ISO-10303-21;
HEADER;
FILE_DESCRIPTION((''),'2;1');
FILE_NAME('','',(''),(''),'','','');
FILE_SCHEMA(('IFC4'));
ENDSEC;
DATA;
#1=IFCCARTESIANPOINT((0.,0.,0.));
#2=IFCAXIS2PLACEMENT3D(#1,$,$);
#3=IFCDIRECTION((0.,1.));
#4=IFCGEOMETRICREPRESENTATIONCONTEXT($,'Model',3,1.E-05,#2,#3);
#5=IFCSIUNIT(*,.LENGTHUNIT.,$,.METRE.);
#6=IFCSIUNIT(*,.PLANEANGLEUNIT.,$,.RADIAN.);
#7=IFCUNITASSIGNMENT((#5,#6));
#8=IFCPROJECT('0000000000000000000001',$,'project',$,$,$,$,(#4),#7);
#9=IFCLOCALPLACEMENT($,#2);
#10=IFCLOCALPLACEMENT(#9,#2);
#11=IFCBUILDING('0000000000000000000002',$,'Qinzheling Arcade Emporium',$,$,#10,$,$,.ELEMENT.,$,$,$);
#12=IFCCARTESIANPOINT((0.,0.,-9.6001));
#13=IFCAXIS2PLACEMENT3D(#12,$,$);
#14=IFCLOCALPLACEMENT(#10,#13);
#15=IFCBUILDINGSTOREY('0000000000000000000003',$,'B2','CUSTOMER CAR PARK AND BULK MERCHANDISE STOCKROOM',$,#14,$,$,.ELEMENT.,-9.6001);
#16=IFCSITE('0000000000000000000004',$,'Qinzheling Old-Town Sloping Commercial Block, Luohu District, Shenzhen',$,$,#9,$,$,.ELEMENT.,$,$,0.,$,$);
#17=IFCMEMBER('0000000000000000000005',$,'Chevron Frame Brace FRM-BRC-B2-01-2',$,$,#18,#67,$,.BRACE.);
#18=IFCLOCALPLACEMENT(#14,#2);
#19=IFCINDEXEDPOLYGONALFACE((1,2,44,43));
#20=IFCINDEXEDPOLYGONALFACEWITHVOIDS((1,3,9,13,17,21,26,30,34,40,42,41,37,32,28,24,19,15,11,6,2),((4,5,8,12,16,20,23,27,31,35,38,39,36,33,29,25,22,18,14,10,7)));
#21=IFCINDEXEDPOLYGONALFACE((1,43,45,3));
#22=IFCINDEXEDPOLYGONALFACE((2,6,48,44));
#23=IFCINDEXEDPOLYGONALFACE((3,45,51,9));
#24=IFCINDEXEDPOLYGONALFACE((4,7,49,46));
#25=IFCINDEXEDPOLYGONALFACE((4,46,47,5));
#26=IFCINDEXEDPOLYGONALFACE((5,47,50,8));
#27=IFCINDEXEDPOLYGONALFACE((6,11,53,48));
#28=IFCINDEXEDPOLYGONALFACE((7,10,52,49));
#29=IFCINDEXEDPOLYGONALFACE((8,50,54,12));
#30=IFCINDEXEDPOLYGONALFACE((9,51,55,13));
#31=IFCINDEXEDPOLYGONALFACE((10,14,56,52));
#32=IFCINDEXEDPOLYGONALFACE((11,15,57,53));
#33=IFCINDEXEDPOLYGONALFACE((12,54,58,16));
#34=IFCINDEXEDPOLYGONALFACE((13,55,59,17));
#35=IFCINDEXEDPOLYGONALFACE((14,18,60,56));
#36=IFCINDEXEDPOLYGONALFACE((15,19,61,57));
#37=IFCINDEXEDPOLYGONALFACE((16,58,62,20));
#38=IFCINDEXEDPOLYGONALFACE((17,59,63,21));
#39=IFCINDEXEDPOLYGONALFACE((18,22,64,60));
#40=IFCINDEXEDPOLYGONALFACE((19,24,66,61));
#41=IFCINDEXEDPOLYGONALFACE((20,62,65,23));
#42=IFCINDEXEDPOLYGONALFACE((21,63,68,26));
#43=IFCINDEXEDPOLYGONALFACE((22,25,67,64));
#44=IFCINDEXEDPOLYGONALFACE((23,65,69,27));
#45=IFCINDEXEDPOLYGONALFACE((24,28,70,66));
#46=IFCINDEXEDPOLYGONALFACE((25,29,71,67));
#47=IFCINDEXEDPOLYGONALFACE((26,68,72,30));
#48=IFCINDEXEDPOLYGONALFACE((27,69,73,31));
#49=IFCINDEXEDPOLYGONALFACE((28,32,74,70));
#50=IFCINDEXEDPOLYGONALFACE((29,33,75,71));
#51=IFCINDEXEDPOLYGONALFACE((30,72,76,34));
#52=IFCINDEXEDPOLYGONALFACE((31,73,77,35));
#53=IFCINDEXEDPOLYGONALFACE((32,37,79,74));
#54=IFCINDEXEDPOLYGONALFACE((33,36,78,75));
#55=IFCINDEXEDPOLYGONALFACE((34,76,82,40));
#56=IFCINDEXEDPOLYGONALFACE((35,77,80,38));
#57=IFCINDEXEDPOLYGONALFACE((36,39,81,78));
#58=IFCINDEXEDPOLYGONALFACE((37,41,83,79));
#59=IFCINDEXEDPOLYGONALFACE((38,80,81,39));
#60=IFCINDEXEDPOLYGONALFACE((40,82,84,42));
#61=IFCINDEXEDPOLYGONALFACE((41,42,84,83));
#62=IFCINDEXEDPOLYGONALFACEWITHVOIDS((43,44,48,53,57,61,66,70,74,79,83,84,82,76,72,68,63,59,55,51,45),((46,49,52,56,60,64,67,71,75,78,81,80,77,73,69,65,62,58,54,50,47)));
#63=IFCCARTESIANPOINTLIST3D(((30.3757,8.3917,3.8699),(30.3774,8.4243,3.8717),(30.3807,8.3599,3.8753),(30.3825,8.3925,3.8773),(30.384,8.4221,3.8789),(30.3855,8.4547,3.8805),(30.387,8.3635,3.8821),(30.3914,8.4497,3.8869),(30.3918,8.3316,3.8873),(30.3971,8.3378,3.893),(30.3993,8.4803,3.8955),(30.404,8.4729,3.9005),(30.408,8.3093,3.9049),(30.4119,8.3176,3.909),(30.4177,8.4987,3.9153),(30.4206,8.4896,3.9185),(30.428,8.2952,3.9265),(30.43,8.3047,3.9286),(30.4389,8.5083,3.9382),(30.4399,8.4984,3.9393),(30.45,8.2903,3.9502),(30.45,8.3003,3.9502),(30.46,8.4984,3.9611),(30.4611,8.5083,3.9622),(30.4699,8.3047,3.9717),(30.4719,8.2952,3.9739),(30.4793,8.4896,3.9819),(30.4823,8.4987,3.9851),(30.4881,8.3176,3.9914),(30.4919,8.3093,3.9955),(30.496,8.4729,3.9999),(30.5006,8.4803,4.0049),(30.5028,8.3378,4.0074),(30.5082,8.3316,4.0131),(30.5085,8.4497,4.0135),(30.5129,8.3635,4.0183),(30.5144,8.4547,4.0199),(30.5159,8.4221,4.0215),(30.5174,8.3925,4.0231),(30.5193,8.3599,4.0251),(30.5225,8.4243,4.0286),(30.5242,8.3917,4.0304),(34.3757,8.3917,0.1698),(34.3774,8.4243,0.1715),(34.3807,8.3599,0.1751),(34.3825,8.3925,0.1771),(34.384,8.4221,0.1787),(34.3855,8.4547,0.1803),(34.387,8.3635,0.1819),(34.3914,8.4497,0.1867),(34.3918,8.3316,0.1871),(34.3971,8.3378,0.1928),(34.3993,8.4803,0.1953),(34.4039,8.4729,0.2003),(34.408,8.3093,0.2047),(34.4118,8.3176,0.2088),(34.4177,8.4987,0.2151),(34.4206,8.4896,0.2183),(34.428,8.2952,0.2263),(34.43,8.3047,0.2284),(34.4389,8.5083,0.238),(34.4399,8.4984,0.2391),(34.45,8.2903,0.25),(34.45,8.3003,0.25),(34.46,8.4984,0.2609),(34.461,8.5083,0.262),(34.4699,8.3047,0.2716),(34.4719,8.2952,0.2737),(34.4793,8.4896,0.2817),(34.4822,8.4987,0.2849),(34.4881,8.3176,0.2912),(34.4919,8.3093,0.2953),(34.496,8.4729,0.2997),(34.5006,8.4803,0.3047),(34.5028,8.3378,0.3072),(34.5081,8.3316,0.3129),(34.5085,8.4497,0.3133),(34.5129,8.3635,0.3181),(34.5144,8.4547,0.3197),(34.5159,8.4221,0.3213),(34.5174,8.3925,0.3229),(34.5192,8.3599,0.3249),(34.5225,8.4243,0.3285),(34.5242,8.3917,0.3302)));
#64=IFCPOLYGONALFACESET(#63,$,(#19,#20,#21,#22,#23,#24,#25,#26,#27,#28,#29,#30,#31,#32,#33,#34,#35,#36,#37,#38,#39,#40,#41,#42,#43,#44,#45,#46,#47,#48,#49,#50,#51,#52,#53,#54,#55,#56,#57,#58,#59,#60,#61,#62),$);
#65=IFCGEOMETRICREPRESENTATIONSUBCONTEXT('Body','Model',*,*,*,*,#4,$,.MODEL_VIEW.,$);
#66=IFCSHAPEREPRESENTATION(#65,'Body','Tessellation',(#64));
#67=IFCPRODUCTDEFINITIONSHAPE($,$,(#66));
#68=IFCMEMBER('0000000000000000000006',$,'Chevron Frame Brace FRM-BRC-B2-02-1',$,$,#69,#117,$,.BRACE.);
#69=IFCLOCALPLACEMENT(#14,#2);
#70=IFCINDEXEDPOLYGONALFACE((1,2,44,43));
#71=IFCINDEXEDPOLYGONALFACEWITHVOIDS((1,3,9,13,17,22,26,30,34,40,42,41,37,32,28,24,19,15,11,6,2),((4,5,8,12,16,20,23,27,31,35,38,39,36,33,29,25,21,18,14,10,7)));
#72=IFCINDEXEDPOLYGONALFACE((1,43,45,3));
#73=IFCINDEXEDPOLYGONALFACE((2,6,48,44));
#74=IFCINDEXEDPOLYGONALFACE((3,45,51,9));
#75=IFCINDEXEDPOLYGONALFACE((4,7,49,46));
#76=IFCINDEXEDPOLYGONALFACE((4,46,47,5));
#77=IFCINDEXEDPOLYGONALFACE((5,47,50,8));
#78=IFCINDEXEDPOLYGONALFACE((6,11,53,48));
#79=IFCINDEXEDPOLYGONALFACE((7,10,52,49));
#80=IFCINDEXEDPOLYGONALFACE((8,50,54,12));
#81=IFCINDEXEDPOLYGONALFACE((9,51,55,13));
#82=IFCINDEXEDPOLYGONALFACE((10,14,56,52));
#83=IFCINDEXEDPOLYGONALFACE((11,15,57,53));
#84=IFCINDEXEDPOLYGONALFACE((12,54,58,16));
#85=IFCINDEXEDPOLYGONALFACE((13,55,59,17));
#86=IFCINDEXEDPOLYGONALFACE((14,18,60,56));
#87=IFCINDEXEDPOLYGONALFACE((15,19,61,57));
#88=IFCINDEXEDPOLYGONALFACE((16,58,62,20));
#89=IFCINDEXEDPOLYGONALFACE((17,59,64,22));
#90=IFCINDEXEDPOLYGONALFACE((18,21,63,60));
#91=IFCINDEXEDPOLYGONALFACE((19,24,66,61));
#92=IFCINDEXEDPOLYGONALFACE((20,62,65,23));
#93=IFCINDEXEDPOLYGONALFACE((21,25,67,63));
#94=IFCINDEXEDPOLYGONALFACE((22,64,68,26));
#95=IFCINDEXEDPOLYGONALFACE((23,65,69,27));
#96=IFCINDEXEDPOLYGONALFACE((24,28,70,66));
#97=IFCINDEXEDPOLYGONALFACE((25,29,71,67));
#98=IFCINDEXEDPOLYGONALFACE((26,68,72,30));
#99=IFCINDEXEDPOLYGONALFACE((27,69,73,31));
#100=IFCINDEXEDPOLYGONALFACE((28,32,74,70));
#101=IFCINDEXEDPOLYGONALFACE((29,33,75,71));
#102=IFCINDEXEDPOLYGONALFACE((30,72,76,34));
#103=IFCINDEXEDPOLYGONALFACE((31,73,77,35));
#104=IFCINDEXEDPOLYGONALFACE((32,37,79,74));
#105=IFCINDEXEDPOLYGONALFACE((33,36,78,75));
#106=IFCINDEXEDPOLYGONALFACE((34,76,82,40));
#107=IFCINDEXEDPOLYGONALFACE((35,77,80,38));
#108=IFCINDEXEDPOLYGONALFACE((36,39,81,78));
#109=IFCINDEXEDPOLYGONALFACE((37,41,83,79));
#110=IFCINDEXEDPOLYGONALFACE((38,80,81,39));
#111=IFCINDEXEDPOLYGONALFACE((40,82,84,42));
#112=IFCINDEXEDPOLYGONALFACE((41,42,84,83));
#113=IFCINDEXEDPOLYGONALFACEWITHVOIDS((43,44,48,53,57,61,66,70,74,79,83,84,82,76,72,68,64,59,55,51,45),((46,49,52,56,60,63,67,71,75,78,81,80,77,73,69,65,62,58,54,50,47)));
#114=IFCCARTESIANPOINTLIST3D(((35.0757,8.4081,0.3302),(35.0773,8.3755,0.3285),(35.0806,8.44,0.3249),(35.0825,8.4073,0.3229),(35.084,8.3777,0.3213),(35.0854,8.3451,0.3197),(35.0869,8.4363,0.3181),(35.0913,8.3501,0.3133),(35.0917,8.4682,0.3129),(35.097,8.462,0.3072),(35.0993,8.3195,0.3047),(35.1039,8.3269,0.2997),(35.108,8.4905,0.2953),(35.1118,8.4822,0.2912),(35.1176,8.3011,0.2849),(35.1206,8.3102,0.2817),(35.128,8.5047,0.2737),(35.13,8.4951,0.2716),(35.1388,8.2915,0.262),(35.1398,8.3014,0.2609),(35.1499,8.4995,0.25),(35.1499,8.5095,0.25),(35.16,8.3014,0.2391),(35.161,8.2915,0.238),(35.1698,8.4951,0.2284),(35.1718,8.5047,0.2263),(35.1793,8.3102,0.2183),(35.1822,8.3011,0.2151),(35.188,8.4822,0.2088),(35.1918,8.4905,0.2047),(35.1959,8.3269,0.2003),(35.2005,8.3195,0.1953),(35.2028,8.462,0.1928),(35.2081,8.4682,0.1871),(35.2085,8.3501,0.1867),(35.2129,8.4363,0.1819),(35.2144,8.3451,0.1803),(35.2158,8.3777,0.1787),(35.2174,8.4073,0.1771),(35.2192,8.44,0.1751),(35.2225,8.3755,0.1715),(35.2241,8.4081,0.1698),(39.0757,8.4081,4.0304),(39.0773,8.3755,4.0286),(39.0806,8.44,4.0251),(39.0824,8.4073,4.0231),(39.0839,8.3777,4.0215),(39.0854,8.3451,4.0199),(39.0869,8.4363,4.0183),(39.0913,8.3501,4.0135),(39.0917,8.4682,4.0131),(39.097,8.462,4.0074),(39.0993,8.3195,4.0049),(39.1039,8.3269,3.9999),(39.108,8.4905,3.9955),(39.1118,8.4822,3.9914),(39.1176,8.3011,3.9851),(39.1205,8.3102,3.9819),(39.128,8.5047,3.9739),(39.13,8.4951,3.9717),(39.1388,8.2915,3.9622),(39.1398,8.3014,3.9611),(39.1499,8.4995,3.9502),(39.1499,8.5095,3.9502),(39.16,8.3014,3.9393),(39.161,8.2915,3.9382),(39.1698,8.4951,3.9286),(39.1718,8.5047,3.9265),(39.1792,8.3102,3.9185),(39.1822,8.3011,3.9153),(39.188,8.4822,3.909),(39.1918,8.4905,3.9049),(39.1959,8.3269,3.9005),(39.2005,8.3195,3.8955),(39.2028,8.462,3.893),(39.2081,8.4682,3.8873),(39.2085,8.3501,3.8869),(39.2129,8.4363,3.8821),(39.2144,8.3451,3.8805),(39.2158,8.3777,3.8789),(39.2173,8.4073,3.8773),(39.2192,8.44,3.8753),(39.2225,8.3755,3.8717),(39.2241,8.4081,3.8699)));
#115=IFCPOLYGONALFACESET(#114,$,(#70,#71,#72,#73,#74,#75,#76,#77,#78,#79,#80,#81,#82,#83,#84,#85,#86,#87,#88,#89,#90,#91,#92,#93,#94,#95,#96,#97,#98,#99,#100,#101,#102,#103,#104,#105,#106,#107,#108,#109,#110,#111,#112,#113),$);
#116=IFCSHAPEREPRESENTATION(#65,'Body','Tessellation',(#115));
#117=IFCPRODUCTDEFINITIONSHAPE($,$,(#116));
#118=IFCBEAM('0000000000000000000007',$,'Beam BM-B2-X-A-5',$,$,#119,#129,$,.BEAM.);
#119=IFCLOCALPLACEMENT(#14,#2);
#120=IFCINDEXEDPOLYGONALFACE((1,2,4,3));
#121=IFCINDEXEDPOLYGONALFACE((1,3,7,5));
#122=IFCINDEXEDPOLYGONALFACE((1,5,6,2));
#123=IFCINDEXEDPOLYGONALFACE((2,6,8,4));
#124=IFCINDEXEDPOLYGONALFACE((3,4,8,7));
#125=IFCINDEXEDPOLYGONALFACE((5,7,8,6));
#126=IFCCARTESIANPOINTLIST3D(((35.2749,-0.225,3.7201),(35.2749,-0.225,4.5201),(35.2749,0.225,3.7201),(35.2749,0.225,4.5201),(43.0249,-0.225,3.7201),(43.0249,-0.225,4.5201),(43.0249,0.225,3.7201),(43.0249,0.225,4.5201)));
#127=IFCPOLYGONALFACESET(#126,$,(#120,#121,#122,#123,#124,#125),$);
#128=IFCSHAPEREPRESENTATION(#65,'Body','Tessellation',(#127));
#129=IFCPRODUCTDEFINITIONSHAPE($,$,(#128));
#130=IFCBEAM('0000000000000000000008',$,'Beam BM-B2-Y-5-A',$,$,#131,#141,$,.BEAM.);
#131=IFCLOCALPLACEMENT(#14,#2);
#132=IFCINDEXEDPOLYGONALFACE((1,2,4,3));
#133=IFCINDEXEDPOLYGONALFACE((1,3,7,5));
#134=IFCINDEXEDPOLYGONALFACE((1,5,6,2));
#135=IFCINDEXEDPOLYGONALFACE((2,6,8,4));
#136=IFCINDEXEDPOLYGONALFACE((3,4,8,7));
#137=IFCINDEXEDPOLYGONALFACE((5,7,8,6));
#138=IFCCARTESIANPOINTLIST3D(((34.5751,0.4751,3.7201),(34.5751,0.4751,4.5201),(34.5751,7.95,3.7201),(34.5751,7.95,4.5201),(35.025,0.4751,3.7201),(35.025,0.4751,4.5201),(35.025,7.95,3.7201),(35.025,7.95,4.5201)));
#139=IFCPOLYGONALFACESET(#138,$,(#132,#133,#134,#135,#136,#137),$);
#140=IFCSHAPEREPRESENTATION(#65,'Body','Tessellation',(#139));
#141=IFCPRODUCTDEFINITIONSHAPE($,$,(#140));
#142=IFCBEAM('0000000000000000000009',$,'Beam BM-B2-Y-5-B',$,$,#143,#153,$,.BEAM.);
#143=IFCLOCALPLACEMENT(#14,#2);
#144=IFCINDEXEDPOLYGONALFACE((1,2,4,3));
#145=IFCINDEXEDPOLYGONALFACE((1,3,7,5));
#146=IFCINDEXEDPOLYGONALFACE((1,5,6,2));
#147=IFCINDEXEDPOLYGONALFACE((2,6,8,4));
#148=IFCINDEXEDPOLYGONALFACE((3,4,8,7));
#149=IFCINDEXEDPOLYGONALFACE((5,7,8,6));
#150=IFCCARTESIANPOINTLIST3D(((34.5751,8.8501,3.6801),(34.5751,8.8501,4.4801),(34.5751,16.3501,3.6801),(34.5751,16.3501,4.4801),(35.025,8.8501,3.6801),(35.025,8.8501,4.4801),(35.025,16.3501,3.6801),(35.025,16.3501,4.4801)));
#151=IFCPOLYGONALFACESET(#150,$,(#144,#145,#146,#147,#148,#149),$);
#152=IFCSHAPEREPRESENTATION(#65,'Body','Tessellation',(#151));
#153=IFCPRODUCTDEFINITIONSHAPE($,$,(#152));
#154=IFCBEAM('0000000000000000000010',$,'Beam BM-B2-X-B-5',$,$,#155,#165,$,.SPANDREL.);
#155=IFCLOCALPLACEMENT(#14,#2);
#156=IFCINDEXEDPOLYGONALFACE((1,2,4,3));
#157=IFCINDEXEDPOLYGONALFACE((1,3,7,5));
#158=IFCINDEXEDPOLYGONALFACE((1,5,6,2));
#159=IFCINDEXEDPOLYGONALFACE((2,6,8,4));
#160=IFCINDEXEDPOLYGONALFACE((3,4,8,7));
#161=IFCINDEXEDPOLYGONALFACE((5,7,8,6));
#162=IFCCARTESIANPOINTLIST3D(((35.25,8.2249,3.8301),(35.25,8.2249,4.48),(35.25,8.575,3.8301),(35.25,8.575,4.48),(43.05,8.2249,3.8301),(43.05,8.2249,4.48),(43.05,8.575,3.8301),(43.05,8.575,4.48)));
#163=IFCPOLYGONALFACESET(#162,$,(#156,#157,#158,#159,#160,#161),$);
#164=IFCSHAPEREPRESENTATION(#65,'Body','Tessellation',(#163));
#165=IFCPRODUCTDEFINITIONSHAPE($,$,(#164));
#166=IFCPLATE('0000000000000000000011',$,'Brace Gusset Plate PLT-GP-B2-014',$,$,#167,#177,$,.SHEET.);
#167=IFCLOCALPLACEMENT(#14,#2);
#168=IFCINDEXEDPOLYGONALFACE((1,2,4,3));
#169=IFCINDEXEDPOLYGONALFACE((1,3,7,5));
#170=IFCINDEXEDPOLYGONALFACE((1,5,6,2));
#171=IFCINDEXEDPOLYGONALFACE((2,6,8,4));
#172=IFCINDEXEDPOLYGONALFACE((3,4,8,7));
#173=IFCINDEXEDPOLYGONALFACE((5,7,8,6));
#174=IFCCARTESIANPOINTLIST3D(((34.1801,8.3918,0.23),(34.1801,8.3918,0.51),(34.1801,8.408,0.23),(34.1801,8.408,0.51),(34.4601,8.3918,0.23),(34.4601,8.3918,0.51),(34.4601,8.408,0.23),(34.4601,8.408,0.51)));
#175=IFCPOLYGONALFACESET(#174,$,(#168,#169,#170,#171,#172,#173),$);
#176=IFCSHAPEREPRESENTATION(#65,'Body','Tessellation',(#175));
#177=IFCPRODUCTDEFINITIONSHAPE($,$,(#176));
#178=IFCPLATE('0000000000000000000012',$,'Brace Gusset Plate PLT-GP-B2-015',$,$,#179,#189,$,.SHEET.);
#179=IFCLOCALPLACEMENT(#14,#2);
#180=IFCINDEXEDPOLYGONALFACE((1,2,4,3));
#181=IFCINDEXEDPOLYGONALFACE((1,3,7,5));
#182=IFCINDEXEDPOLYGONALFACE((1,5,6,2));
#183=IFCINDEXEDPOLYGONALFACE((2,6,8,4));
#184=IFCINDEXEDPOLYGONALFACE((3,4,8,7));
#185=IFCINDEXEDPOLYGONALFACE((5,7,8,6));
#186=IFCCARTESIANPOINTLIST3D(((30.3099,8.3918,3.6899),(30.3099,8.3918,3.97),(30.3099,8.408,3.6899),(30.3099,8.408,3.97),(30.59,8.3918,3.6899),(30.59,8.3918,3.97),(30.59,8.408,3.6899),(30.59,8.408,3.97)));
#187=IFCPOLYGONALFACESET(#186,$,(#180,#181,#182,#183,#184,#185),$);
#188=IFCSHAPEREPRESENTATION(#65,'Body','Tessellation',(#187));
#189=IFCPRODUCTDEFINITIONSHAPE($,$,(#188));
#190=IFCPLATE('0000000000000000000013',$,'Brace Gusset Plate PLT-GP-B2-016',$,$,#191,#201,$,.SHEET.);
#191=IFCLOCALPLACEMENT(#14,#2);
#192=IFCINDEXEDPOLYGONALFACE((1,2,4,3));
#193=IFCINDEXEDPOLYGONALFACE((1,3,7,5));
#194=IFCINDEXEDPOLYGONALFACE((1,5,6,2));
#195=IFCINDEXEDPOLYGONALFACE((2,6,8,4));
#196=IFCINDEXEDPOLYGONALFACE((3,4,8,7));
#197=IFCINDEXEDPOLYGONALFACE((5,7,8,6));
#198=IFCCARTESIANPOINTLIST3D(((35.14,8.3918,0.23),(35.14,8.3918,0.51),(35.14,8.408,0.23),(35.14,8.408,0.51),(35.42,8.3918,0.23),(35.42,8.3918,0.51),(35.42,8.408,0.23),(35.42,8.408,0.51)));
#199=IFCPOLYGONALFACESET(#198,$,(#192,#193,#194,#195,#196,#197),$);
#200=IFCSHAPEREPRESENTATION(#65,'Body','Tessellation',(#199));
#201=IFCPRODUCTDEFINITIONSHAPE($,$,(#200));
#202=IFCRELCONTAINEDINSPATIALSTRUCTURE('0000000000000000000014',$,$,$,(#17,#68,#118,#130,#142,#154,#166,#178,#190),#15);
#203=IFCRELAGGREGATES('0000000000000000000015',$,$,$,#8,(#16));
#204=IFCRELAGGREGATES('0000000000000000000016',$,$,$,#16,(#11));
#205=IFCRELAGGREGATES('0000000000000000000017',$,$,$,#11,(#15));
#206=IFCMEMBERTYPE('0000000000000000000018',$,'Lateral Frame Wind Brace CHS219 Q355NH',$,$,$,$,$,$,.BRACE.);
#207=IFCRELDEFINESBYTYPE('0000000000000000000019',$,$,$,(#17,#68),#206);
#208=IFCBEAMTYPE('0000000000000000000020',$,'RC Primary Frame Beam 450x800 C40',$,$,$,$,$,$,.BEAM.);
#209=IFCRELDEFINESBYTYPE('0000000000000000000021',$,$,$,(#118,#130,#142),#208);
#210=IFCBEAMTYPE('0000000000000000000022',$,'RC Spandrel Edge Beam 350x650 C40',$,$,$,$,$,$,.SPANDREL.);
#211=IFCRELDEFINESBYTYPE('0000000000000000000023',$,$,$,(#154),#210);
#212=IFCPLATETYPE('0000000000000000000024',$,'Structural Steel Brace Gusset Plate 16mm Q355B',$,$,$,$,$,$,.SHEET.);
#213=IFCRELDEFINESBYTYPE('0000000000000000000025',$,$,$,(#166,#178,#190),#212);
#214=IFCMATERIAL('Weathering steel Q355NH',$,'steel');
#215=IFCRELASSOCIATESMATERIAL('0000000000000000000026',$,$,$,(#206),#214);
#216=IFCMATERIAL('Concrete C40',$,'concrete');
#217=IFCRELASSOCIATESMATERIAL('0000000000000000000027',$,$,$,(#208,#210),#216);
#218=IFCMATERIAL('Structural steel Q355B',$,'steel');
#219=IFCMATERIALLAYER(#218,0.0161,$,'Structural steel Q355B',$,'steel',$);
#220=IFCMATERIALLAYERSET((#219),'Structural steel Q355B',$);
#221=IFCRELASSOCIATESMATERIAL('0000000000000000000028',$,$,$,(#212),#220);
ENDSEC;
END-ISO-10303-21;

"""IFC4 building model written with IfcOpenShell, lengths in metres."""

from ifc_helpers import new_model, si_unit, direction, frame, origin, origin_2d, place, context, subcontext, project, spatial, rectangle, hollow_circle, extrude, material, layer, layer_set, material_profile, profile_set, type_object, element, save


model = new_model("IFC4")

# Units and contexts
model_context = context("Model", 3, precision=1e-05, world=origin(), true_north=direction((0.0, 1.0)))
body_context = subcontext(model_context, "Body", "Model", "MODEL_VIEW")
ifc_project = project(units=[si_unit("LENGTHUNIT", "METRE"), si_unit("PLANEANGLEUNIT", "RADIAN")], contexts=[model_context])

# Site, building, storey
site_placement = place(None, origin())
site = spatial("IfcSite", under=ifc_project, at=site_placement, Name="Qinzheling Old-Town Sloping Commercial Block, Luohu District, Shenzhen", CompositionType="ELEMENT", RefElevation=0.0)
building_placement = place(site_placement, origin())
building = spatial("IfcBuilding", under=site, at=building_placement, Name="Qinzheling Arcade Emporium", CompositionType="ELEMENT")
storey_placement = place(building_placement, frame((0.0, 0.0, -9.6001)))
storey = spatial("IfcBuildingStorey", under=building, at=storey_placement, Name="B2", Description="CUSTOMER CAR PARK AND BULK MERCHANDISE STOCKROOM", CompositionType="ELEMENT", Elevation=-9.6001)

# Shared definitions
ifc_material_1 = material(Name="Concrete C40", Category="concrete")

# Members
ifc_material_2 = material(Name="Weathering steel Q355NH", Category="steel")
ifc_material_profile_1 = material_profile(ifc_material_2, hollow_circle(Radius=0.1096, WallThickness=0.01, at=origin_2d()), Name="CHS 219x10", Category="steel")
ifc_profile_set_1 = profile_set([ifc_material_profile_1], Name="Weathering steel Q355NH")
member_type = type_object("IfcMemberType", Name="Lateral Frame Wind Brace CHS219 Q355NH", PredefinedType="BRACE", material=ifc_profile_set_1)
for number, where, z_axis, x_axis, name in (
    (1, (34.45, 8.3999, 0.25), (-0.734082, 0.0, 0.679061), (0.0, -1.0, 0.0), "Chevron Frame Brace FRM-BRC-B2-01-2"),
    (2, (35.1499, 8.3999, 0.25), (0.734082, 0.0, 0.679061), (0.0, 1.0, 0.0), "Chevron Frame Brace FRM-BRC-B2-02-1"),
):
    element("IfcMember", number, at=place(storey_placement, frame(where, z_axis=z_axis, x_axis=x_axis)), inside=storey, type_object=member_type, Name=name, PredefinedType="BRACE", context=body_context, shape_type="SweptSolid", body=[
        extrude(hollow_circle(Radius=0.1096, WallThickness=0.01, at=origin_2d()), origin(), (0.0, 0.0, 1.0), 5.449),
    ])

# Beams
ifc_material_profile_2 = material_profile(ifc_material_1, rectangle(XDim=0.45, YDim=0.8, at=origin_2d()), Name="RC 450x800", Category="concrete")
ifc_profile_set_2 = profile_set([ifc_material_profile_2], Name="Concrete C40")
beam_type_1 = type_object("IfcBeamType", Name="RC Primary Frame Beam 450x800 C40", PredefinedType="BEAM", material=ifc_profile_set_2)
beam_1_placement = place(storey_placement, frame((35.2749, 0.0, 4.1201), z_axis=(1.0, 0.0, 0.0), x_axis=(0.0, 1.0, 0.0)))
element("IfcBeam", 3, at=beam_1_placement, inside=storey, type_object=beam_type_1, Name="Beam BM-B2-X-A-5", PredefinedType="BEAM", context=body_context, shape_type="SweptSolid", body=[
    extrude(rectangle(XDim=0.45, YDim=0.8, at=origin_2d()), origin(), (0.0, 0.0, 1.0), 7.75),
])
beam_2_placement = place(storey_placement, frame((34.8, 0.4751, 4.1201), z_axis=(0.0, 1.0, 0.0), x_axis=(-1.0, 0.0, 0.0)))
element("IfcBeam", 4, at=beam_2_placement, inside=storey, type_object=beam_type_1, Name="Beam BM-B2-Y-5-A", PredefinedType="BEAM", context=body_context, shape_type="SweptSolid", body=[
    extrude(rectangle(XDim=0.45, YDim=0.8, at=origin_2d()), origin(), (0.0, 0.0, 1.0), 7.4749),
])
beam_3_placement = place(storey_placement, frame((34.8, 8.8501, 4.0801), z_axis=(0.0, 1.0, 0.0), x_axis=(-1.0, 0.0, 0.0)))
element("IfcBeam", 5, at=beam_3_placement, inside=storey, type_object=beam_type_1, Name="Beam BM-B2-Y-5-B", PredefinedType="BEAM", context=body_context, shape_type="SweptSolid", body=[
    extrude(rectangle(XDim=0.45, YDim=0.8, at=origin_2d()), origin(), (0.0, 0.0, 1.0), 7.5),
])
ifc_material_profile_3 = material_profile(ifc_material_1, rectangle(XDim=0.3501, YDim=0.6499, at=origin_2d()), Name="RC 350x650", Category="concrete")
ifc_profile_set_3 = profile_set([ifc_material_profile_3], Name="Concrete C40")
beam_type_2 = type_object("IfcBeamType", Name="RC Spandrel Edge Beam 350x650 C40", PredefinedType="SPANDREL", material=ifc_profile_set_3)
beam_4_placement = place(storey_placement, frame((35.25, 8.3999, 4.155), z_axis=(1.0, 0.0, 0.0), x_axis=(0.0, 1.0, 0.0)))
element("IfcBeam", 6, at=beam_4_placement, inside=storey, type_object=beam_type_2, Name="Beam BM-B2-X-B-5", PredefinedType="SPANDREL", context=body_context, shape_type="SweptSolid", body=[
    extrude(rectangle(XDim=0.3501, YDim=0.6499, at=origin_2d()), origin(), (0.0, 0.0, 1.0), 7.8),
])

# Plates
ifc_material_3 = material(Name="Structural steel Q355B", Category="steel")
ifc_layer_1 = layer(ifc_material_3, 0.0161, Name="Structural steel Q355B", Category="steel")
ifc_layer_set_1 = layer_set([ifc_layer_1], Name="Structural steel Q355B")
plate_type = type_object("IfcPlateType", Name="Structural Steel Brace Gusset Plate 16mm Q355B", PredefinedType="SHEET", material=ifc_layer_set_1)
for number, where, z_axis, x_axis, name in (
    (7, (34.3201, 8.3999, 0.23), (0.0, 0.0, 1.0), (1.0, 0.0, 0.0), "Brace Gusset Plate PLT-GP-B2-014"),
    (8, (30.45, 8.3999, 3.6899), (0.0, 0.0, 1.0), (1.0, 0.0, 0.0), "Brace Gusset Plate PLT-GP-B2-015"),
    (9, (35.28, 8.3999, 0.23), (0.0, 0.0, 1.0), (1.0, 0.0, 0.0), "Brace Gusset Plate PLT-GP-B2-016"),
):
    element("IfcPlate", number, at=place(storey_placement, frame(where, z_axis=z_axis, x_axis=x_axis)), inside=storey, type_object=plate_type, Name=name, PredefinedType="SHEET", context=body_context, shape_type="SweptSolid", body=[
        extrude(rectangle(XDim=0.28, YDim=0.0161, at=origin_2d()), origin(), (0.0, 0.0, 1.0), 0.28),
    ])

save(model, "model.ifc")
